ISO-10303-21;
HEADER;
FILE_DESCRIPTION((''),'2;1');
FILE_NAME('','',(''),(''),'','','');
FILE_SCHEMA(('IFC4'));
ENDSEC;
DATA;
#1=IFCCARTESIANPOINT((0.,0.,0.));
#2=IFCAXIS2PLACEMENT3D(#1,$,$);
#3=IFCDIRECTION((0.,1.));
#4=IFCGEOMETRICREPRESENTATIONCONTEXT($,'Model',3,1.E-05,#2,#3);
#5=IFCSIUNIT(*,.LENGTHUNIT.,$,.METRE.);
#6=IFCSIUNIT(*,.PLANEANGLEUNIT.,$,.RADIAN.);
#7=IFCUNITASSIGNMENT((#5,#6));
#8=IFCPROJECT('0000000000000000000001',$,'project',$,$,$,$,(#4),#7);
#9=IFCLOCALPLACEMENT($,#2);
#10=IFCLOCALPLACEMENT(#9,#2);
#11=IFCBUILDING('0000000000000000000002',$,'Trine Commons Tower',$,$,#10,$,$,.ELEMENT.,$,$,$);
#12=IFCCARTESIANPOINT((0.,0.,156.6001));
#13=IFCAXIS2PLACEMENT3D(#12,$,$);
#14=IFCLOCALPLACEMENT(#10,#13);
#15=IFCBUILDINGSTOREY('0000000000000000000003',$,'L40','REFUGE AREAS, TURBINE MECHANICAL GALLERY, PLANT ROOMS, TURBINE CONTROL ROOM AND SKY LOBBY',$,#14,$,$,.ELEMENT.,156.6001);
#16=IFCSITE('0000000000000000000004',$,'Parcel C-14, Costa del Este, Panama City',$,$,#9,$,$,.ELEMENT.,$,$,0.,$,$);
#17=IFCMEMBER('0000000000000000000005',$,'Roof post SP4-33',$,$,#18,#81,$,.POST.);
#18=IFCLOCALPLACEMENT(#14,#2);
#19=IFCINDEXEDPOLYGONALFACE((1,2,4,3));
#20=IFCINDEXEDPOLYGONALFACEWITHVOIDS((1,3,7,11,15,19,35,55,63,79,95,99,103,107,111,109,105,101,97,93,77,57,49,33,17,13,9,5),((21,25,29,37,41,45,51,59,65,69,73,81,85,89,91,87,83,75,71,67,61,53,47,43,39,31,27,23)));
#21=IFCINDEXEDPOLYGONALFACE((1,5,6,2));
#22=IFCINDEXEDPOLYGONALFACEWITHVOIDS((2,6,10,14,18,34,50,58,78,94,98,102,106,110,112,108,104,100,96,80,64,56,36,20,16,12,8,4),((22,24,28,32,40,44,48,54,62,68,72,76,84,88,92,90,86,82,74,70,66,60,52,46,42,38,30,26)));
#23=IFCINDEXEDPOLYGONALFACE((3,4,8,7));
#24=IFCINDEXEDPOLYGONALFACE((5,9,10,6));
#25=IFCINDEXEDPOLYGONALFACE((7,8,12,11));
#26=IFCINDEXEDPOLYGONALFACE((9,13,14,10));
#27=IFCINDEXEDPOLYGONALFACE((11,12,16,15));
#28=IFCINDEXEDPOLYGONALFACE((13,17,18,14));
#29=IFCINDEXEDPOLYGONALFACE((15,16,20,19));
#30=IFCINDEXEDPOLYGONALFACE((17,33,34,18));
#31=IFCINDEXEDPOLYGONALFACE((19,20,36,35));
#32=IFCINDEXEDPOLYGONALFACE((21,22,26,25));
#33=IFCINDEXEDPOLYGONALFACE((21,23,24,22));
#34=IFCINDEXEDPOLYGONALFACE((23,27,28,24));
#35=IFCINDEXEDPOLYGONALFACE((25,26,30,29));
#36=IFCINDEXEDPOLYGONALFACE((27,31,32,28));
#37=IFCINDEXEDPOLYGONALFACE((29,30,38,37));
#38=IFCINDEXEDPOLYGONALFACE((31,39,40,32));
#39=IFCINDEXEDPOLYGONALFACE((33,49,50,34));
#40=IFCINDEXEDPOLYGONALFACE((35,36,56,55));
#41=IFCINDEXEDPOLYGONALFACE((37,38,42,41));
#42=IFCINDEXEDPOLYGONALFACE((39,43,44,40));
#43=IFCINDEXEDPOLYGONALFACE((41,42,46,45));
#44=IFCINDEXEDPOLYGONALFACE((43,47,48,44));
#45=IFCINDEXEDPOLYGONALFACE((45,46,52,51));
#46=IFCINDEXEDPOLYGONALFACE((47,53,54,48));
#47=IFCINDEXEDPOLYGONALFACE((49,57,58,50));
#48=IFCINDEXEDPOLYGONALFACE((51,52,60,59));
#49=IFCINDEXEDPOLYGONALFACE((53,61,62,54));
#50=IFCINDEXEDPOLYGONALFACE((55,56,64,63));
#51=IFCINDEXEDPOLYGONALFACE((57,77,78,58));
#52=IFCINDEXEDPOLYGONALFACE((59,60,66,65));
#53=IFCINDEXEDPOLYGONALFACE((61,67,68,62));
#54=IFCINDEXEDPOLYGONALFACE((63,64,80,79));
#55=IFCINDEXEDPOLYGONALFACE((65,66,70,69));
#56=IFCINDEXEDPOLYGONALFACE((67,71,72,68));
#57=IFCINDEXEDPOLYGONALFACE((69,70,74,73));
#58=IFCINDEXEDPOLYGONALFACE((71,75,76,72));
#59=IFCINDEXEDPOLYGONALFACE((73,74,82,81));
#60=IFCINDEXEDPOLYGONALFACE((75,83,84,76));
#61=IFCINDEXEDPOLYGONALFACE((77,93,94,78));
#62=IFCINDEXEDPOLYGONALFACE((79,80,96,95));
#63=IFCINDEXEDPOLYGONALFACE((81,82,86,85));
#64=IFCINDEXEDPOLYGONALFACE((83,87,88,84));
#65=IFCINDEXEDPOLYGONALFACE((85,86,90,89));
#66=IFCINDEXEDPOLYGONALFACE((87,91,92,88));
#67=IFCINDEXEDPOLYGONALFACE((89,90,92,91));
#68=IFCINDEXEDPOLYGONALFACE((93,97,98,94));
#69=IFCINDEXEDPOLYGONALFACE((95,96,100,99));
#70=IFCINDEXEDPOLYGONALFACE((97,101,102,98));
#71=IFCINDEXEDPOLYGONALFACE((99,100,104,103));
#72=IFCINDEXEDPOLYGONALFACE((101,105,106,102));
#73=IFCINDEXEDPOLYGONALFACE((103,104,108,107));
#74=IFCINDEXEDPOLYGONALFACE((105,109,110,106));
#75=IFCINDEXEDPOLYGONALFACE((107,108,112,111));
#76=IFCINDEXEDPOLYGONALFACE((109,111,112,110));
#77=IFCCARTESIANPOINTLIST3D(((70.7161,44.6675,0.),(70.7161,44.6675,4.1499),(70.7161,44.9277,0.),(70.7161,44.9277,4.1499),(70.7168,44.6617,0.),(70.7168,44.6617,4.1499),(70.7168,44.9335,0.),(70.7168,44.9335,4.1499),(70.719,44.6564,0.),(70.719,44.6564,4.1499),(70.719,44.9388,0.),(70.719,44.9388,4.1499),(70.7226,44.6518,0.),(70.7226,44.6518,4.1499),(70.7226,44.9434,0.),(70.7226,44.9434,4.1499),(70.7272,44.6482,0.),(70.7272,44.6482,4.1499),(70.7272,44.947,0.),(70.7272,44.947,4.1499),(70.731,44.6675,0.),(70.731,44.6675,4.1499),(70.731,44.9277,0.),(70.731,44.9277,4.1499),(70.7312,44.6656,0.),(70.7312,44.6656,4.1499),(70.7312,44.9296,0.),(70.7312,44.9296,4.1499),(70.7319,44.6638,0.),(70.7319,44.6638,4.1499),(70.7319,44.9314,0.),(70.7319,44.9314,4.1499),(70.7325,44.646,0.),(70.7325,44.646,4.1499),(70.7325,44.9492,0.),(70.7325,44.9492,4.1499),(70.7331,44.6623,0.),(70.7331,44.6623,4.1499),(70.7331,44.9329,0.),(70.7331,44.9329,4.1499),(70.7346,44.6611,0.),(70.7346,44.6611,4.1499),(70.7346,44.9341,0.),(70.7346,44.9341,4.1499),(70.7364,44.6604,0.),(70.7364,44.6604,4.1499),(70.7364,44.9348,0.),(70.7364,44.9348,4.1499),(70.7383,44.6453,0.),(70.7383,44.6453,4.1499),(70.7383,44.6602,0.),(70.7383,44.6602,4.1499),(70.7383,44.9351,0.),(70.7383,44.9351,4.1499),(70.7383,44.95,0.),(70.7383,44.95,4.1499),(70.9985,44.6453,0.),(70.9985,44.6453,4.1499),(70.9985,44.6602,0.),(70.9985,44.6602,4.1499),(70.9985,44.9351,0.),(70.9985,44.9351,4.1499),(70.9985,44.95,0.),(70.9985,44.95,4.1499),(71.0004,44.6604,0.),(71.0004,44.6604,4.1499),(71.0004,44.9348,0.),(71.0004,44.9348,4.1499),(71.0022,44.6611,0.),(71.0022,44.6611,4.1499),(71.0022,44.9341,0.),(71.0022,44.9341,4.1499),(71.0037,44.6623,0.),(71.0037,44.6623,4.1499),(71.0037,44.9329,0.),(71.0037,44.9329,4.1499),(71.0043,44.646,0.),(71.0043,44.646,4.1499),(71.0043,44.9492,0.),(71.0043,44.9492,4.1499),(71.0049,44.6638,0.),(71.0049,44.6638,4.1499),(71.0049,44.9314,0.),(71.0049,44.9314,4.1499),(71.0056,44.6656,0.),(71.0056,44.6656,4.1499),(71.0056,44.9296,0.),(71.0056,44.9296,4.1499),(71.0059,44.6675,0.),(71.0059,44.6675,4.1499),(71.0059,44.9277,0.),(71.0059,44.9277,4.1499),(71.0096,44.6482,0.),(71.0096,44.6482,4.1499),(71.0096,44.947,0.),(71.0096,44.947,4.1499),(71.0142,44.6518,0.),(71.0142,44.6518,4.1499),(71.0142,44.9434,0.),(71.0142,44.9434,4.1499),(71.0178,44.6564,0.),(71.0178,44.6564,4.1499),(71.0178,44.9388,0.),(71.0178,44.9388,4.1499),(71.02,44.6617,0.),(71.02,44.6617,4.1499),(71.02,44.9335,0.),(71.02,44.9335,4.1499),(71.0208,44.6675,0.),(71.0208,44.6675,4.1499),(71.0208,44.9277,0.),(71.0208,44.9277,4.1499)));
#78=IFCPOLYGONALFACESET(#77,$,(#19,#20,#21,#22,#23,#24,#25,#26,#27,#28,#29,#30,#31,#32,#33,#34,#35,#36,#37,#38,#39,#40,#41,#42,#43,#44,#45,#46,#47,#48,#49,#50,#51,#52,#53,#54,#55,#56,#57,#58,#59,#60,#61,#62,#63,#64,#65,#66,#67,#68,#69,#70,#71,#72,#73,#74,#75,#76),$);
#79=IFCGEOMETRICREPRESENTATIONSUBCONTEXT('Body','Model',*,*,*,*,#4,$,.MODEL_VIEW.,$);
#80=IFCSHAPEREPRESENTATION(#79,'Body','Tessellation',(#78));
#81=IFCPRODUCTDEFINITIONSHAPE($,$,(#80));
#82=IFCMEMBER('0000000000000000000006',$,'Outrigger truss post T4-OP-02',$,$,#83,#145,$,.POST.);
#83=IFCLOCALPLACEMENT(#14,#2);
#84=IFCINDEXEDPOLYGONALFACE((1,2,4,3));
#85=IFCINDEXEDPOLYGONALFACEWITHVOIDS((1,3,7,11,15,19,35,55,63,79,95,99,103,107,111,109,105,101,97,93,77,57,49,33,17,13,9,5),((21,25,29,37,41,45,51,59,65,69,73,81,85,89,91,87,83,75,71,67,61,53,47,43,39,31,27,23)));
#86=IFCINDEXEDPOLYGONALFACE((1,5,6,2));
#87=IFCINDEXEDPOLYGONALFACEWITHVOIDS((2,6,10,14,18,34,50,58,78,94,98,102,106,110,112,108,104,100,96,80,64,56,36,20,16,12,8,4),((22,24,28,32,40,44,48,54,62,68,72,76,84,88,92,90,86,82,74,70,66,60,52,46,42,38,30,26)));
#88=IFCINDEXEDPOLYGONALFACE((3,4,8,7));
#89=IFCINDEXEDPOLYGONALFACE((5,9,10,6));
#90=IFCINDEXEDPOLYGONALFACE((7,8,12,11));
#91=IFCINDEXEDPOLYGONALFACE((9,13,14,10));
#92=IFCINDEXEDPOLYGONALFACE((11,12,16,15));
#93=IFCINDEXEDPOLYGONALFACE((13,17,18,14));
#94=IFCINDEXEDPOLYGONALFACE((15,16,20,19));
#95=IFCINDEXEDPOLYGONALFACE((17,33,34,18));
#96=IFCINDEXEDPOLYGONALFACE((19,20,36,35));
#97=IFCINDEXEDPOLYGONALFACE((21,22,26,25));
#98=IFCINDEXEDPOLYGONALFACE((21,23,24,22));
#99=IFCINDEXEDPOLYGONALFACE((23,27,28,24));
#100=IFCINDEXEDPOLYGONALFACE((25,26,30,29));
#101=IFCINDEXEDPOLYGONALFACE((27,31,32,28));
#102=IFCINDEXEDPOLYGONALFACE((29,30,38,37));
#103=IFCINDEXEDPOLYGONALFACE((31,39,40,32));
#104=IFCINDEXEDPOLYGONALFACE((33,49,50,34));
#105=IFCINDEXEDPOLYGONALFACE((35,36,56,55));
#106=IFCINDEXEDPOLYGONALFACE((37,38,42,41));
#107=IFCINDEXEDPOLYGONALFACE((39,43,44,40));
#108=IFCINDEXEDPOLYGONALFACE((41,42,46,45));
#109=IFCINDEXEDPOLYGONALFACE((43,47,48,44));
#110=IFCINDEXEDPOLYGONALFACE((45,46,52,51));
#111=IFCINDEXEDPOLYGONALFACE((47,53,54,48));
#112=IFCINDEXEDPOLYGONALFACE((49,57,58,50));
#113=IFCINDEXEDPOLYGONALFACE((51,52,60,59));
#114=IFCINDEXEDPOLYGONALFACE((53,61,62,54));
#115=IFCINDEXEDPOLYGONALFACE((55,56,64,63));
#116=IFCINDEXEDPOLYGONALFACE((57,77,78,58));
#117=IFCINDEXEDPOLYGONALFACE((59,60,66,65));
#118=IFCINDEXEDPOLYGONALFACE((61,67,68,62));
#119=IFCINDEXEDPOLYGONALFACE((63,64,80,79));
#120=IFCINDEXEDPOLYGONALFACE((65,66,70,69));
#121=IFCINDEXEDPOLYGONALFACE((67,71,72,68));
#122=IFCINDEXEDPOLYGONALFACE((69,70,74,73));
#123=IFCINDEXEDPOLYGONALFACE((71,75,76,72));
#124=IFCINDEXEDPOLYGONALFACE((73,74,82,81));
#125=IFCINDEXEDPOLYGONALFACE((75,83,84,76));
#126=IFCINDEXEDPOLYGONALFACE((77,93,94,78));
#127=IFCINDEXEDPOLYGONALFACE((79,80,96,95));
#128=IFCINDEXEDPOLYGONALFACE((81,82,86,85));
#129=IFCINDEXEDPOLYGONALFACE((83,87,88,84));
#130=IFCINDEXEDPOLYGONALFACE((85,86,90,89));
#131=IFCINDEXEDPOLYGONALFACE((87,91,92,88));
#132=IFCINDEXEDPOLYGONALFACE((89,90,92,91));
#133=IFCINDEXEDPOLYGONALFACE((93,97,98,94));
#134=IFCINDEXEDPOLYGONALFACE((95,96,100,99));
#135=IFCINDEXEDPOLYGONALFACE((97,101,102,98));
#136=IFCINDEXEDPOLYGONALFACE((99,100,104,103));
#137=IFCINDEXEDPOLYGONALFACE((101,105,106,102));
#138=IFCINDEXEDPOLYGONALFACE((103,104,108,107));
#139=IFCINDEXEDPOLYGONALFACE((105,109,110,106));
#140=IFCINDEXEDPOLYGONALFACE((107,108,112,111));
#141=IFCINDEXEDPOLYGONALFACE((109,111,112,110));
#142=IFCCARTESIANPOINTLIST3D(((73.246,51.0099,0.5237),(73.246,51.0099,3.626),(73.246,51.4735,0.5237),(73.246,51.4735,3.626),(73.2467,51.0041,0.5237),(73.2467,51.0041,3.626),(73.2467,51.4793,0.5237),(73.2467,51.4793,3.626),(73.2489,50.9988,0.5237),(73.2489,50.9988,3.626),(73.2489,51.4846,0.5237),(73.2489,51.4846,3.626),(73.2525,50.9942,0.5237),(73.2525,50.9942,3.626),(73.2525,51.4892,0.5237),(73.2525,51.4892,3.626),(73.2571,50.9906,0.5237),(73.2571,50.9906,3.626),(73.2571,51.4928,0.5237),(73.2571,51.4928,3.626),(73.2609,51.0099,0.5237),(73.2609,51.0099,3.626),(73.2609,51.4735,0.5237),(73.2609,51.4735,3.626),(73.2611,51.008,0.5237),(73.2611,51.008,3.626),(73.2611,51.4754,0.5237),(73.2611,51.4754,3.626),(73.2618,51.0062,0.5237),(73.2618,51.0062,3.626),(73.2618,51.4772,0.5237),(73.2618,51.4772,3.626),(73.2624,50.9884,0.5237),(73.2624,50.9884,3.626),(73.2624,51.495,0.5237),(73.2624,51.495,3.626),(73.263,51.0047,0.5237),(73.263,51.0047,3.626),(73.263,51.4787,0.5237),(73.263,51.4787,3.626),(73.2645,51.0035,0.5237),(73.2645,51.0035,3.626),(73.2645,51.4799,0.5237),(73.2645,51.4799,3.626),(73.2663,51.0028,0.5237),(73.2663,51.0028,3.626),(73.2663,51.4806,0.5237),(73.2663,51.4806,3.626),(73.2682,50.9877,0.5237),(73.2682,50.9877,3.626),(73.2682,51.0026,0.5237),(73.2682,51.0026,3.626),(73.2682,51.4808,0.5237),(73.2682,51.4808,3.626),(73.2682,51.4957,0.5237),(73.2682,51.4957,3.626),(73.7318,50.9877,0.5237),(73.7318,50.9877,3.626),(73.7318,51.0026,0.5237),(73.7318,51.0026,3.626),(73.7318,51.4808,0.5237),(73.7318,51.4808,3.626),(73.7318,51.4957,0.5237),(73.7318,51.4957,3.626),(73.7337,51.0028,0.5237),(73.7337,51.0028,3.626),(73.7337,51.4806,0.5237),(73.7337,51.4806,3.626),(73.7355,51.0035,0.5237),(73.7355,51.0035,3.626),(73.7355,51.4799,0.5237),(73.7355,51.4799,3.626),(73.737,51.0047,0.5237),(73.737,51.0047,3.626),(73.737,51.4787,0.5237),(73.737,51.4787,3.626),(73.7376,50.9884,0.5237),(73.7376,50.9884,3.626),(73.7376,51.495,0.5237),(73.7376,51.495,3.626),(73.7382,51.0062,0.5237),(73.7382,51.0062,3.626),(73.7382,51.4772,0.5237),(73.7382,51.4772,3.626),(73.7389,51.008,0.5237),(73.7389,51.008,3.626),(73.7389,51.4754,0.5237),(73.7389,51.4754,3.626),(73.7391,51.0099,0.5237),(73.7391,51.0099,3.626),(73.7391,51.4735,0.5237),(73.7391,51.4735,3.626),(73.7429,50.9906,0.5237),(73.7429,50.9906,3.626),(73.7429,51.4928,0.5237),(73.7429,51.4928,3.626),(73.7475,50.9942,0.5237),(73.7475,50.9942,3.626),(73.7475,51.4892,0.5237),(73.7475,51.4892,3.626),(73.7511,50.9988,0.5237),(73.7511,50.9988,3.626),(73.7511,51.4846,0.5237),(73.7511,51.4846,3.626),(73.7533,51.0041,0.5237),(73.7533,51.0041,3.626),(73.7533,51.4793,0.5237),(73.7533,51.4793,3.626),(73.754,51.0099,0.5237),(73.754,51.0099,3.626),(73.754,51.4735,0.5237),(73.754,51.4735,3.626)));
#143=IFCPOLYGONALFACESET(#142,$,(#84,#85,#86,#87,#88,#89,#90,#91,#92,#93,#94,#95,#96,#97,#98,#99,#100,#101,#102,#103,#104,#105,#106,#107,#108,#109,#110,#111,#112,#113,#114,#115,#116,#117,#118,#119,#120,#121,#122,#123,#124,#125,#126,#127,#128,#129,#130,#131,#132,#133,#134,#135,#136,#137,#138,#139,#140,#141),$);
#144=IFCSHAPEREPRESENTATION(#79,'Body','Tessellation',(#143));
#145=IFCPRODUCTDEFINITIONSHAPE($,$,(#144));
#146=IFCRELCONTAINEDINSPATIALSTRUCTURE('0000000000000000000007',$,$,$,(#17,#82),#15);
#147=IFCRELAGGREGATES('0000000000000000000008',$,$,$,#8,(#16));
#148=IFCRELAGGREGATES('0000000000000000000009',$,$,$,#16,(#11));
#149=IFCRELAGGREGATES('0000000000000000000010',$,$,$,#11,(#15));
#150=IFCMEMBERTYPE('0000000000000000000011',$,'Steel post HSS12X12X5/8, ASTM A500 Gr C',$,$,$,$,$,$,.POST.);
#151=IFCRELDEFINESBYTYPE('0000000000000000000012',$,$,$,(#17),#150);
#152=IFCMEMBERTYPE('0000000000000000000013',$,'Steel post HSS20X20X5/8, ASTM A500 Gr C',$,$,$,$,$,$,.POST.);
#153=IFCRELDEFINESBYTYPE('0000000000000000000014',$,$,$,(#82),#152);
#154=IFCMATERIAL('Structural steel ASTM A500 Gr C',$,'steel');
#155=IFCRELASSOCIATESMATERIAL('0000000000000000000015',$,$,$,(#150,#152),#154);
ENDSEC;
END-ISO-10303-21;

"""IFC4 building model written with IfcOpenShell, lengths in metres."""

from ifc_helpers import new_model, si_unit, direction, frame, origin, origin_2d, place, context, subcontext, project, spatial, hollow_rectangle, extrude, material, material_profile, profile_set, type_object, element, save


model = new_model("IFC4")

# Units and contexts
model_context = context("Model", 3, precision=1e-05, world=origin(), true_north=direction((0.0, 1.0)))
body_context = subcontext(model_context, "Body", "Model", "MODEL_VIEW")
ifc_project = project(units=[si_unit("LENGTHUNIT", "METRE"), si_unit("PLANEANGLEUNIT", "RADIAN")], contexts=[model_context])

# Site, building, storey
site_placement = place(None, origin())
site = spatial("IfcSite", under=ifc_project, at=site_placement, Name="Parcel C-14, Costa del Este, Panama City", CompositionType="ELEMENT", RefElevation=0.0)
building_placement = place(site_placement, origin())
building = spatial("IfcBuilding", under=site, at=building_placement, Name="Trine Commons Tower", CompositionType="ELEMENT")
storey_placement = place(building_placement, frame((0.0, 0.0, 156.6001)))
storey = spatial("IfcBuildingStorey", under=building, at=storey_placement, Name="L40", Description="REFUGE AREAS, TURBINE MECHANICAL GALLERY, PLANT ROOMS, TURBINE CONTROL ROOM AND SKY LOBBY", CompositionType="ELEMENT", Elevation=156.6001)

# Members
ifc_material_1 = material(Name="Structural steel ASTM A500 Gr C", Category="steel")
ifc_material_profile_1 = material_profile(ifc_material_1, hollow_rectangle(XDim=0.3047, YDim=0.3047, WallThickness=0.0149, InnerFilletRadius=0.0073, OuterFilletRadius=0.0222, at=origin_2d()), Name="HSS12X12X5/8")
ifc_profile_set_1 = profile_set([ifc_material_profile_1], Name="Structural steel ASTM A500 Gr C")
member_type_1 = type_object("IfcMemberType", Name="Steel post HSS12X12X5/8, ASTM A500 Gr C", PredefinedType="POST", material=ifc_profile_set_1)
member_1_placement = place(storey_placement, frame((70.8684, 44.7976, 0.0), z_axis=(0.0, 0.0, 1.0), x_axis=(1.0, 0.0, 0.0)))
element("IfcMember", 1, at=member_1_placement, inside=storey, type_object=member_type_1, Name="Roof post SP4-33", PredefinedType="POST", context=body_context, shape_type="SweptSolid", body=[
    extrude(hollow_rectangle(XDim=0.3047, YDim=0.3047, WallThickness=0.0149, InnerFilletRadius=0.0073, OuterFilletRadius=0.0222, at=origin_2d()), origin(), (0.0, 0.0, 1.0), 4.1499),
])
ifc_material_profile_2 = material_profile(ifc_material_1, hollow_rectangle(XDim=0.5081, YDim=0.5081, WallThickness=0.0149, InnerFilletRadius=0.0073, OuterFilletRadius=0.0222, at=origin_2d()), Name="HSS20X20X5/8")
ifc_profile_set_2 = profile_set([ifc_material_profile_2], Name="Structural steel ASTM A500 Gr C")
member_type_2 = type_object("IfcMemberType", Name="Steel post HSS20X20X5/8, ASTM A500 Gr C", PredefinedType="POST", material=ifc_profile_set_2)
member_2_placement = place(storey_placement, frame((73.5, 51.2417, 0.5237), z_axis=(0.0, 0.0, 1.0), x_axis=(1.0, 0.0, 0.0)))
element("IfcMember", 2, at=member_2_placement, inside=storey, type_object=member_type_2, Name="Outrigger truss post T4-OP-02", PredefinedType="POST", context=body_context, shape_type="SweptSolid", body=[
    extrude(hollow_rectangle(XDim=0.5081, YDim=0.5081, WallThickness=0.0149, InnerFilletRadius=0.0073, OuterFilletRadius=0.0222, at=origin_2d()), origin(), (0.0, 0.0, 1.0), 3.1023),
])

save(model, "model.ifc")
